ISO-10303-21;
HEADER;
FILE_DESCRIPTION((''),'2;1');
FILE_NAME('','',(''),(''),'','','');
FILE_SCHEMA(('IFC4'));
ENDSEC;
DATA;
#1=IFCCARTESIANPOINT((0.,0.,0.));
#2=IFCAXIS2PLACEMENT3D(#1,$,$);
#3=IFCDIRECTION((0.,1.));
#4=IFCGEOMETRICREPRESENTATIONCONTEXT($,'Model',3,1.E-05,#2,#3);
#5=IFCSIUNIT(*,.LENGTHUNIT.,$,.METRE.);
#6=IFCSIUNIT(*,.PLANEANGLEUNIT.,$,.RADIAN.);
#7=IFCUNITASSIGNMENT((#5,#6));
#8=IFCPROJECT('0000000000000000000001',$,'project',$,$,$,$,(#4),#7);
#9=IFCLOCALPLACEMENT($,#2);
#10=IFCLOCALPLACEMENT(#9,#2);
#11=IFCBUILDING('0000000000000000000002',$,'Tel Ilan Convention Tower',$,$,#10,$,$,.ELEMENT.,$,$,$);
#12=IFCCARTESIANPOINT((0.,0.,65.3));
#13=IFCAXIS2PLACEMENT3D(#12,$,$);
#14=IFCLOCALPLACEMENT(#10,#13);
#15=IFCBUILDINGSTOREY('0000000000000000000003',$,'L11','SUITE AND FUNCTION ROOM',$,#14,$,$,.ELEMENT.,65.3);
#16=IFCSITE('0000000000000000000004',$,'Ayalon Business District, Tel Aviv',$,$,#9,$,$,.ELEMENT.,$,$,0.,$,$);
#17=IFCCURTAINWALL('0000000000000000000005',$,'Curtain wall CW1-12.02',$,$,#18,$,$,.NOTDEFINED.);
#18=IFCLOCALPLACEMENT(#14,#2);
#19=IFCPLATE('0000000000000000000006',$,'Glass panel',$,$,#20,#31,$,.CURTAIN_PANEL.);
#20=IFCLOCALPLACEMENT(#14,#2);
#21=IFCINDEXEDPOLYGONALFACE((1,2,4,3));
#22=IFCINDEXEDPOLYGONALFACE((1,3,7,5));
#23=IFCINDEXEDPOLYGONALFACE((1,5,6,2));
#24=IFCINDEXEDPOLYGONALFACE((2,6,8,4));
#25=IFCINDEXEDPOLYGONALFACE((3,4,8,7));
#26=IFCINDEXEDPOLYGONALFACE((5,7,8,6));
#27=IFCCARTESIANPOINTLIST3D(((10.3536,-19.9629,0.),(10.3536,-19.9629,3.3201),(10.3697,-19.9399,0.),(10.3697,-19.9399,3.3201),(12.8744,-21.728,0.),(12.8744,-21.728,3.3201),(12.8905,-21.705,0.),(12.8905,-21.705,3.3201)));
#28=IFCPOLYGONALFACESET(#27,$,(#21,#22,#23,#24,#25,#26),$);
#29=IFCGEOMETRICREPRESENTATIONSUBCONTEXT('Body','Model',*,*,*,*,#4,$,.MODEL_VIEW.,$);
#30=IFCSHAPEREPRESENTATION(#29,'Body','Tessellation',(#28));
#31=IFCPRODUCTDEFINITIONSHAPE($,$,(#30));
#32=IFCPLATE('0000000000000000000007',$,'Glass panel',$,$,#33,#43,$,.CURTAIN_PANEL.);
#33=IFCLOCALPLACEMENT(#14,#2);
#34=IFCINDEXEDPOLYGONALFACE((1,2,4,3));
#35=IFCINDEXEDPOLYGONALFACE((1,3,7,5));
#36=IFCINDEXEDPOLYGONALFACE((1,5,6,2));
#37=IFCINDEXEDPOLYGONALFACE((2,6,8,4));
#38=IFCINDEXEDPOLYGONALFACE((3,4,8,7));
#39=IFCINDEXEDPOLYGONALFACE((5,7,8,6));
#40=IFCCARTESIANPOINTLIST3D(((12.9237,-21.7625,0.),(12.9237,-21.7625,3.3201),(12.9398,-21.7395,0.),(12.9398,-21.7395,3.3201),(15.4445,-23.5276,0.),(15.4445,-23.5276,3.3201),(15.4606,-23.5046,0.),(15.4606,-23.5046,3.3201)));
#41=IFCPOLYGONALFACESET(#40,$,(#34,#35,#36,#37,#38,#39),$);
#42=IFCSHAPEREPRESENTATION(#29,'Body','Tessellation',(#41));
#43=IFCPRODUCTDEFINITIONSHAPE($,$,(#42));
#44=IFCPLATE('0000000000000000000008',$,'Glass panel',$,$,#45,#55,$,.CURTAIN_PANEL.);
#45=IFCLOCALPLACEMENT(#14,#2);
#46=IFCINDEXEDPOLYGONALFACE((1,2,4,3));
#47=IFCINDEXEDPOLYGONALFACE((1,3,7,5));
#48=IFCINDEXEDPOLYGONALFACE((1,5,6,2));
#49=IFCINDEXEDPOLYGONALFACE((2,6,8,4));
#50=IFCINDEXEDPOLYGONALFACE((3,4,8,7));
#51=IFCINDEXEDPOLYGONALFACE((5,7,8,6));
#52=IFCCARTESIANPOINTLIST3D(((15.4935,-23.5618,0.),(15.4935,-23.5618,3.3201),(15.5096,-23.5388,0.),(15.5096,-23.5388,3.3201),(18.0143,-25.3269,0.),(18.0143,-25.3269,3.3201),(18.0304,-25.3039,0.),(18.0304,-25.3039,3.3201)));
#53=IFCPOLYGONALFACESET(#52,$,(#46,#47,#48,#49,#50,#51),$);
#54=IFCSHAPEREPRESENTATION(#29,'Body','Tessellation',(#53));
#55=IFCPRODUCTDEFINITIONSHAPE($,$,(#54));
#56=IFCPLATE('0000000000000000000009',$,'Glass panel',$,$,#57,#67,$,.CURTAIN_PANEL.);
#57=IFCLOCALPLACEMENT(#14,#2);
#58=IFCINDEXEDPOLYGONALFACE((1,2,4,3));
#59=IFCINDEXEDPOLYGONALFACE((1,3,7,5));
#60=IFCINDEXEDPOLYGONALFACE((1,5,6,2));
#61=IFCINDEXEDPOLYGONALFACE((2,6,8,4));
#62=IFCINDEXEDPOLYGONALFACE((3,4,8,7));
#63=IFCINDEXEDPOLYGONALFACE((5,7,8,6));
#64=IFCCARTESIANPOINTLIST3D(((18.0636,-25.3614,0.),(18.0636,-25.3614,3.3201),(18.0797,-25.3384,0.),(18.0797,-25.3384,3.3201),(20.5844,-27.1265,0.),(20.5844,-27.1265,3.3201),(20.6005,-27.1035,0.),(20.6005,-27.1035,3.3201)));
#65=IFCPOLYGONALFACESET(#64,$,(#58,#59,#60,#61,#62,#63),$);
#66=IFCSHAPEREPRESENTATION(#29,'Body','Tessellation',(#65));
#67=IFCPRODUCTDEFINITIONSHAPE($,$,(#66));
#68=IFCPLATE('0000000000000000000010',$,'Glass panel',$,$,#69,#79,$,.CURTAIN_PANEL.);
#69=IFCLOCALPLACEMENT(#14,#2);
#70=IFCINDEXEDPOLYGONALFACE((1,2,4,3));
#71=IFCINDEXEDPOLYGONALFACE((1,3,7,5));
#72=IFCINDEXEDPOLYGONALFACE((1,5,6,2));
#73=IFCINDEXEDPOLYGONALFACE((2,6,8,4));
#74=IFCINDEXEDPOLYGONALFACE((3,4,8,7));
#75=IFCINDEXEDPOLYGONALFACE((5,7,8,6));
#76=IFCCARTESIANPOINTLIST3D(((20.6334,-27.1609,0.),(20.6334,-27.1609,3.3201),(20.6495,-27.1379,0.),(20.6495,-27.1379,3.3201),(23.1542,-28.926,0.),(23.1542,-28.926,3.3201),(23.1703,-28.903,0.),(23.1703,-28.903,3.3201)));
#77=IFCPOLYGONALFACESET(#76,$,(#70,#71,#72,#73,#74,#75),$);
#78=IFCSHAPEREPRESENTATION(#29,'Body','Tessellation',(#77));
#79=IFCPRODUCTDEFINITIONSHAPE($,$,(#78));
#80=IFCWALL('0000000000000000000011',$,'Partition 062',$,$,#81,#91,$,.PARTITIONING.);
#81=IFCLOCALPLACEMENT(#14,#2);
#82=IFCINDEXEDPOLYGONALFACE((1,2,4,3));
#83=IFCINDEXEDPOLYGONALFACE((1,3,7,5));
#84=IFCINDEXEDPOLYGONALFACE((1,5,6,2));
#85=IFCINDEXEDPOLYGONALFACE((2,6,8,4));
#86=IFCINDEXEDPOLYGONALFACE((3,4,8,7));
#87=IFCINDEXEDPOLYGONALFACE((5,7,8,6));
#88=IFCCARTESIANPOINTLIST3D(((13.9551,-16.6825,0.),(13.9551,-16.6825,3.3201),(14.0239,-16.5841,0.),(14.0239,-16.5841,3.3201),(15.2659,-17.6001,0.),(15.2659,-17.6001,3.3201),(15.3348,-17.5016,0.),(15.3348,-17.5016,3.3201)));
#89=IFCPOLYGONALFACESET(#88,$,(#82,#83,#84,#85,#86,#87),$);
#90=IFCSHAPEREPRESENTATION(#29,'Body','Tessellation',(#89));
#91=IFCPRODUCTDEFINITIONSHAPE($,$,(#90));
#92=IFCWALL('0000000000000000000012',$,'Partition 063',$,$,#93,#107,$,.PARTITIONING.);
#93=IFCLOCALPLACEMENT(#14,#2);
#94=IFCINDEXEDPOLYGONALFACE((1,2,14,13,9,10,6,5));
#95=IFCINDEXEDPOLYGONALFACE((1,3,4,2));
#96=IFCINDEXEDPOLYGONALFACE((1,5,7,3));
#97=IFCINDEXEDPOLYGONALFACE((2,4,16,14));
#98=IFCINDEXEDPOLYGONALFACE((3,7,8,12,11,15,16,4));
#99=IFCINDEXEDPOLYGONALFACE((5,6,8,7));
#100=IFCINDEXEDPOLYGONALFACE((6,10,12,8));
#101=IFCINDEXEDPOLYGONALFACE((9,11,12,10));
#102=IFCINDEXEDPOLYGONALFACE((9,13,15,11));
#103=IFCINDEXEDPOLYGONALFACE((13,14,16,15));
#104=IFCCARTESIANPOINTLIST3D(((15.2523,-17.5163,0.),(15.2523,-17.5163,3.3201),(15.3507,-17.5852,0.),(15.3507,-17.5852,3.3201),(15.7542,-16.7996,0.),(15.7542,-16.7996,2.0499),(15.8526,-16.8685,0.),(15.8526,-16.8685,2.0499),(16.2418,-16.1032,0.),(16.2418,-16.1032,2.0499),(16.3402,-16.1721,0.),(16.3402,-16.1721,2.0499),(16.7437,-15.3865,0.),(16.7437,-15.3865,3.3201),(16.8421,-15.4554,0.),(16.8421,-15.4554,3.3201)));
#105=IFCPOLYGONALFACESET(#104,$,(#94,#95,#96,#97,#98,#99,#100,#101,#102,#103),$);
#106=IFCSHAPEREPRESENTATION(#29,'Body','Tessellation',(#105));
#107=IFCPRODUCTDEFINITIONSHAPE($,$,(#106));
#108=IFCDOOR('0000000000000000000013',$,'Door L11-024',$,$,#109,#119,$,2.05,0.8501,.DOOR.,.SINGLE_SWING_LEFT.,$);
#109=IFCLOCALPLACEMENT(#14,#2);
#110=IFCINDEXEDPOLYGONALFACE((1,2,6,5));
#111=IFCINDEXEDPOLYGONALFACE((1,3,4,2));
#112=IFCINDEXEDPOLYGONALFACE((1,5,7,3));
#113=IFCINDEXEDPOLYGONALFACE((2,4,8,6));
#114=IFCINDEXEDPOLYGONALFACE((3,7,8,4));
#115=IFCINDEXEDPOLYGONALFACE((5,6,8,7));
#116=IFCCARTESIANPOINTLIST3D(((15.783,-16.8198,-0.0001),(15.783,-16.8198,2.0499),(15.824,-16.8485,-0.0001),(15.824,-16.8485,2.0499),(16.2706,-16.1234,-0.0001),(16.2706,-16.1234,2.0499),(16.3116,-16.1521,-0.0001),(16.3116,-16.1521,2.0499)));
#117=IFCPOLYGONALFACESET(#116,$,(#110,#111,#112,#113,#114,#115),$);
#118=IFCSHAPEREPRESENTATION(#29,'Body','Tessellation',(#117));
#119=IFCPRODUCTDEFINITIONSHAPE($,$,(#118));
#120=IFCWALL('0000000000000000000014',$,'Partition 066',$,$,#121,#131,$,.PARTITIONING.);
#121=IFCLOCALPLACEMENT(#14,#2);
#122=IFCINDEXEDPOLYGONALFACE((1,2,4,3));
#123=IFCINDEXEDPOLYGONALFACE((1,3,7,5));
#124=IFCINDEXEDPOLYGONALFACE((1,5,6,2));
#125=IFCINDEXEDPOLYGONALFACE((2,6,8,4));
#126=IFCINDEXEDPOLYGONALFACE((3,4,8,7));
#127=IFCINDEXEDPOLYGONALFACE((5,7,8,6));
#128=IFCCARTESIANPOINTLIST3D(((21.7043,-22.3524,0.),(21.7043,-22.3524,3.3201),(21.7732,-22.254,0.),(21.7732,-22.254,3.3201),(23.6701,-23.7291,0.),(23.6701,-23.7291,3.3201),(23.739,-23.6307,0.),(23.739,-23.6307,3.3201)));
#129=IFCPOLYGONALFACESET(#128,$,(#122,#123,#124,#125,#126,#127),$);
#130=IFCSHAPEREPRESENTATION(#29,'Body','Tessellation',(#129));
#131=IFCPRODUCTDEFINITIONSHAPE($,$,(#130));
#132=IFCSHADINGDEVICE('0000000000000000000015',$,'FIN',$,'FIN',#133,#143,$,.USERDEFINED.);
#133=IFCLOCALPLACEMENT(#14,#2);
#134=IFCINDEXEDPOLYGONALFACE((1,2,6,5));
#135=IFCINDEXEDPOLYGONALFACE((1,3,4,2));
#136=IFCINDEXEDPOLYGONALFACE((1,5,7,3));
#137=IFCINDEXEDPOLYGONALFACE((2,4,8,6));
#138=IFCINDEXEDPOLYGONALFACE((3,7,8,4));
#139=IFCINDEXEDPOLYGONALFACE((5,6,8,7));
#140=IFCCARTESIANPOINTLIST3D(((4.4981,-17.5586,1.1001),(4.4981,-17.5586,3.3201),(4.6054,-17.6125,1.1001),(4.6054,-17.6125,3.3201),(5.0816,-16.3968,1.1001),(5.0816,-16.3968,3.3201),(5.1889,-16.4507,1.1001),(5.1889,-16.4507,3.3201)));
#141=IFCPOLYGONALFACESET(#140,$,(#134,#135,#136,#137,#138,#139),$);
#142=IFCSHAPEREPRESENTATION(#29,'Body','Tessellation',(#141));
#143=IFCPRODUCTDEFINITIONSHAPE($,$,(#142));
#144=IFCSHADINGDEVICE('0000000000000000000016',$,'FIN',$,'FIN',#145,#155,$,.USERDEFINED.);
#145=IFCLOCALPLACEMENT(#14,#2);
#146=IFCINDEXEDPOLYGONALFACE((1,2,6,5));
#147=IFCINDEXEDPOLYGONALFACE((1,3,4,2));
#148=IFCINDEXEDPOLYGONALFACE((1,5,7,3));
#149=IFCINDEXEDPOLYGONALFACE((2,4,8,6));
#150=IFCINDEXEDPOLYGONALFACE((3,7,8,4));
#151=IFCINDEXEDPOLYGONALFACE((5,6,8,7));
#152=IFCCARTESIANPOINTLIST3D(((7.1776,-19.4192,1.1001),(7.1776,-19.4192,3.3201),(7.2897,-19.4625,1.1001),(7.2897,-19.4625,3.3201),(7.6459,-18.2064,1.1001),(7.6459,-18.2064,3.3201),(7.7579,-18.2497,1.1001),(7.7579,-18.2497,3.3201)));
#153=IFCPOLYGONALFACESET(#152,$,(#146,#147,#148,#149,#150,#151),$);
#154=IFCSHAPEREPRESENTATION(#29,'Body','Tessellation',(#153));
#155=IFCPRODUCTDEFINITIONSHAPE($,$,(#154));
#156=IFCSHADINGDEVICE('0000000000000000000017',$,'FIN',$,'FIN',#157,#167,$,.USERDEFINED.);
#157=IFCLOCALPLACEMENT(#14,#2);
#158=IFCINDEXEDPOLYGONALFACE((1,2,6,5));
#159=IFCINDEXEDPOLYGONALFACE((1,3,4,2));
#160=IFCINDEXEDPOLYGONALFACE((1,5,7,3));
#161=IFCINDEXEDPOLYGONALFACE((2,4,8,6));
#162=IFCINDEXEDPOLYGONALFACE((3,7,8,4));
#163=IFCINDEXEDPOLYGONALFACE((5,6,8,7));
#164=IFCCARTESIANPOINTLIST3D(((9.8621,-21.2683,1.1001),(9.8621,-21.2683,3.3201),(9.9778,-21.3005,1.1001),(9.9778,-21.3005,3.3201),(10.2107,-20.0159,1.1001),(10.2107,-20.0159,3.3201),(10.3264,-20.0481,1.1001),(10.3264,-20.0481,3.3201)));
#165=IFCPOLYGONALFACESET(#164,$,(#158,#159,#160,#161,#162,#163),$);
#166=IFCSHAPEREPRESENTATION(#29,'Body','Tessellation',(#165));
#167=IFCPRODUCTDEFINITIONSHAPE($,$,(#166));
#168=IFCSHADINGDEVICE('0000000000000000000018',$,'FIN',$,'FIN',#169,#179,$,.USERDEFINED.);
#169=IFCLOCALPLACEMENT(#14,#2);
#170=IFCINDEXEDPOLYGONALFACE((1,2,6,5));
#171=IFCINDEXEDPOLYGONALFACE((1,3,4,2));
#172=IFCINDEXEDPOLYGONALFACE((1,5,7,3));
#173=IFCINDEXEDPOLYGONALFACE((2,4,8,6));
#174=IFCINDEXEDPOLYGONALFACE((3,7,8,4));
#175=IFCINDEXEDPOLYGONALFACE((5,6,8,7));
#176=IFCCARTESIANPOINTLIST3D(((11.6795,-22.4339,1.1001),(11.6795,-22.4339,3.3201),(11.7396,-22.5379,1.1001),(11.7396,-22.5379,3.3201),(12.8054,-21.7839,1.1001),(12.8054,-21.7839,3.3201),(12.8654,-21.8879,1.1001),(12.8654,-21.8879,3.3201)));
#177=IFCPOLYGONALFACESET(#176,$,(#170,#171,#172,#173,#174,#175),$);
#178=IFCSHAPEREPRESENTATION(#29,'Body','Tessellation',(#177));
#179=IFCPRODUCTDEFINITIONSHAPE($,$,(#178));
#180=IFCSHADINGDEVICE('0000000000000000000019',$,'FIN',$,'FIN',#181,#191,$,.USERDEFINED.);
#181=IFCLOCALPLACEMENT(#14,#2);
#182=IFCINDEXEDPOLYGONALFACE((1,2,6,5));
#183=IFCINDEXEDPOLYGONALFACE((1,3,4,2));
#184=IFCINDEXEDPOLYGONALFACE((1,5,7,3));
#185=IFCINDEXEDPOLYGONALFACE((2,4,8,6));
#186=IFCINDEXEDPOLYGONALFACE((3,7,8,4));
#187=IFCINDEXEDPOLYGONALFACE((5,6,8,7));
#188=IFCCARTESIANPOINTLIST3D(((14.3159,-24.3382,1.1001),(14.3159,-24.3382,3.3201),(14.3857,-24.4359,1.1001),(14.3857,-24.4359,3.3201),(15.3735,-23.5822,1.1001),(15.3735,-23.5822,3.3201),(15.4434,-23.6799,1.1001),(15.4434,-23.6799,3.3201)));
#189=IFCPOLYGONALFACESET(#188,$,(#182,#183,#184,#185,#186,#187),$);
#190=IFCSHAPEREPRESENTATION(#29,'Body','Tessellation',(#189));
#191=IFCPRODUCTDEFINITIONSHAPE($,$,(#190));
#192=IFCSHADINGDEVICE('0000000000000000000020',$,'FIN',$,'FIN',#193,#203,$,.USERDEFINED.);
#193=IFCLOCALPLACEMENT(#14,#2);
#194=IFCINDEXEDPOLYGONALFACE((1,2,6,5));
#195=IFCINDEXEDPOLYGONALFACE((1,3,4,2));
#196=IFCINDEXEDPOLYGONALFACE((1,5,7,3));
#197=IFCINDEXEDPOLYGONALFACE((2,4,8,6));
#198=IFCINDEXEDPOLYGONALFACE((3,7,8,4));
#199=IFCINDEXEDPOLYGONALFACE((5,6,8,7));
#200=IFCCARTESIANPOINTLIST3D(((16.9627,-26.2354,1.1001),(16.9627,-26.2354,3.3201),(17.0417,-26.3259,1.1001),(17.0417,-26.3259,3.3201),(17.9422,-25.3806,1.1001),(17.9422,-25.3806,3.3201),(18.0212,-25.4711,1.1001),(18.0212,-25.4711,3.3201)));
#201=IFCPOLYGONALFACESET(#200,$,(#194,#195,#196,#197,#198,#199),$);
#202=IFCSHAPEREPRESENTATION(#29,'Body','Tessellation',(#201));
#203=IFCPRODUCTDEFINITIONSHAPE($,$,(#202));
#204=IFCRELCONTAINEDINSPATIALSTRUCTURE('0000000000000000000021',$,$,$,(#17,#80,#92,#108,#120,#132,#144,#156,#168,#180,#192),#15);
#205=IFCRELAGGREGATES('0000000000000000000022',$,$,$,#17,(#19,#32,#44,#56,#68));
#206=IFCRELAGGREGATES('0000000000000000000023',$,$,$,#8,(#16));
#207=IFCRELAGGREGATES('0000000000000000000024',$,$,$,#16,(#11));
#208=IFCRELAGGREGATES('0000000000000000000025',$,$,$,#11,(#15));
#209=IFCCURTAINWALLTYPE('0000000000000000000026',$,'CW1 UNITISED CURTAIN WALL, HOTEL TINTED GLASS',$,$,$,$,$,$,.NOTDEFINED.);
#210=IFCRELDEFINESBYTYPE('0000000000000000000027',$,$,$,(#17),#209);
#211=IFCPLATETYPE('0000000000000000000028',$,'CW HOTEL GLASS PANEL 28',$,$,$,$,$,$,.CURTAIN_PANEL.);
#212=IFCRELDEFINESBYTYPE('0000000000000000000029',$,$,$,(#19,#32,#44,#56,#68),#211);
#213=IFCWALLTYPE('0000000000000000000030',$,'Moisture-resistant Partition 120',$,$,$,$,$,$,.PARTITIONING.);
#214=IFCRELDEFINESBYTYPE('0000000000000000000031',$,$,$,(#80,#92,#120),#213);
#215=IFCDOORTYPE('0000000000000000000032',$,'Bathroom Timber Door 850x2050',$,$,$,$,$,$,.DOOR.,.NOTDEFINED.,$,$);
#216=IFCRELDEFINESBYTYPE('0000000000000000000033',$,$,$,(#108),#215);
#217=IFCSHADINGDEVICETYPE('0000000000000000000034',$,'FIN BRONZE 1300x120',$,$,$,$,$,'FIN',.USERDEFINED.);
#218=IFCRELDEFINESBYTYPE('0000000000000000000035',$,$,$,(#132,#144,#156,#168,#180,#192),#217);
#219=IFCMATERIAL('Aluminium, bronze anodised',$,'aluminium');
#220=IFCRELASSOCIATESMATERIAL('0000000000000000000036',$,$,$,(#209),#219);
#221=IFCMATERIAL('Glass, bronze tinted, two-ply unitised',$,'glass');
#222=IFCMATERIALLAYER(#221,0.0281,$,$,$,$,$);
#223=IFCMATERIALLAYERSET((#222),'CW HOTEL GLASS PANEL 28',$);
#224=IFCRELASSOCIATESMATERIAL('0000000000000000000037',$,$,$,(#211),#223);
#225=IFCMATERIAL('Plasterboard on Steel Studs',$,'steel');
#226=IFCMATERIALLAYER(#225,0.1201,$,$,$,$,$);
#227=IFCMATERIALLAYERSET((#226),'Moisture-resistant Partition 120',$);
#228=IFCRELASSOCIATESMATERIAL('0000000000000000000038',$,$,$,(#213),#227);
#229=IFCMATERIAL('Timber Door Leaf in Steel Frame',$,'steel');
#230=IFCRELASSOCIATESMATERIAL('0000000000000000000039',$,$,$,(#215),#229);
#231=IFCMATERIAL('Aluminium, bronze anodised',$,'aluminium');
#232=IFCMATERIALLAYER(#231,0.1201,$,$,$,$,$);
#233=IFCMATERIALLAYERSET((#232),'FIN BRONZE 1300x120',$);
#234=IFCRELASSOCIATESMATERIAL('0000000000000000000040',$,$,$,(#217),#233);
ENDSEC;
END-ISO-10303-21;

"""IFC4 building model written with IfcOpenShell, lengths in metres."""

from ifc_helpers import new_model, si_unit, direction, frame, frame_2d, origin, origin_2d, place, context, subcontext, project, spatial, rectangle, extrude, material, layer, layer_set, type_object, element, fill, aggregate, save


model = new_model("IFC4")

# Units and contexts
model_context = context("Model", 3, precision=1e-05, world=origin(), true_north=direction((0.0, 1.0)))
body_context = subcontext(model_context, "Body", "Model", "MODEL_VIEW")
ifc_project = project(units=[si_unit("LENGTHUNIT", "METRE"), si_unit("PLANEANGLEUNIT", "RADIAN")], contexts=[model_context])

# Site, building, storey
site_placement = place(None, origin())
site = spatial("IfcSite", under=ifc_project, at=site_placement, Name="Ayalon Business District, Tel Aviv", CompositionType="ELEMENT", RefElevation=0.0)
building_placement = place(site_placement, origin())
building = spatial("IfcBuilding", under=site, at=building_placement, Name="Tel Ilan Convention Tower", CompositionType="ELEMENT")
storey_placement = place(building_placement, frame((0.0, 0.0, 65.3)))
storey = spatial("IfcBuildingStorey", under=building, at=storey_placement, Name="L11", Description="SUITE AND FUNCTION ROOM", CompositionType="ELEMENT", Elevation=65.3)

# Curtain wall, plates
ifc_material_1 = material(Name="Aluminium, bronze anodised", Category="aluminium")
curtain_wall_type = type_object("IfcCurtainWallType", Name="CW1 UNITISED CURTAIN WALL, HOTEL TINTED GLASS", PredefinedType="NOTDEFINED", material=ifc_material_1)
curtain_wall_placement = place(storey_placement, origin())
curtain_wall = element("IfcCurtainWall", 1, at=curtain_wall_placement, inside=storey, type_object=curtain_wall_type, Name="Curtain wall CW1-12.02", PredefinedType="NOTDEFINED")
ifc_material_2 = material(Name="Glass, bronze tinted, two-ply unitised", Category="glass")
ifc_layer_1 = layer(ifc_material_2, 0.0281)
ifc_layer_set_1 = layer_set([ifc_layer_1], Name="CW HOTEL GLASS PANEL 28")
plate_type = type_object("IfcPlateType", Name="CW HOTEL GLASS PANEL 28", PredefinedType="CURTAIN_PANEL", material=ifc_layer_set_1)
plate_1_placement = place(storey_placement, frame((11.6221, -20.834, 0.0), z_axis=(0.0, 0.0, 1.0), x_axis=(0.819152, -0.573576, 0.0)))
plate_1 = element("IfcPlate", 2, at=plate_1_placement, type_object=plate_type, Name="Glass panel", PredefinedType="CURTAIN_PANEL", context=body_context, shape_type="SweptSolid", body=[
    extrude(rectangle(XDim=3.0774, YDim=0.0281, at=origin_2d()), origin(), (0.0, 0.0, 1.0), 3.3201),
])
plate_2_placement = place(storey_placement, frame((14.1921, -22.6335, 0.0), z_axis=(0.0, 0.0, 1.0), x_axis=(0.819152, -0.573576, 0.0)))
plate_2 = element("IfcPlate", 3, at=plate_2_placement, type_object=plate_type, Name="Glass panel", PredefinedType="CURTAIN_PANEL", context=body_context, shape_type="SweptSolid", body=[
    extrude(rectangle(XDim=3.0774, YDim=0.0281, at=origin_2d()), origin(), (0.0, 0.0, 1.0), 3.3201),
])
plate_3_placement = place(storey_placement, frame((16.762, -24.4329, 0.0), z_axis=(0.0, 0.0, 1.0), x_axis=(0.819152, -0.573576, 0.0)))
plate_3 = element("IfcPlate", 4, at=plate_3_placement, type_object=plate_type, Name="Glass panel", PredefinedType="CURTAIN_PANEL", context=body_context, shape_type="SweptSolid", body=[
    extrude(rectangle(XDim=3.0774, YDim=0.0281, at=origin_2d()), origin(), (0.0, 0.0, 1.0), 3.3201),
])
plate_4_placement = place(storey_placement, frame((19.332, -26.2324, 0.0), z_axis=(0.0, 0.0, 1.0), x_axis=(0.819152, -0.573576, 0.0)))
plate_4 = element("IfcPlate", 5, at=plate_4_placement, type_object=plate_type, Name="Glass panel", PredefinedType="CURTAIN_PANEL", context=body_context, shape_type="SweptSolid", body=[
    extrude(rectangle(XDim=3.0774, YDim=0.0281, at=origin_2d()), origin(), (0.0, 0.0, 1.0), 3.3201),
])
plate_5_placement = place(storey_placement, frame((21.9019, -28.032, 0.0), z_axis=(0.0, 0.0, 1.0), x_axis=(0.819152, -0.573576, 0.0)))
plate_5 = element("IfcPlate", 6, at=plate_5_placement, type_object=plate_type, Name="Glass panel", PredefinedType="CURTAIN_PANEL", context=body_context, shape_type="SweptSolid", body=[
    extrude(rectangle(XDim=3.0774, YDim=0.0281, at=origin_2d()), origin(), (0.0, 0.0, 1.0), 3.3201),
])
aggregate(curtain_wall, [plate_1, plate_2, plate_3, plate_4, plate_5])

# Wall
ifc_material_3 = material(Name="Plasterboard on Steel Studs", Category="steel")
ifc_layer_2 = layer(ifc_material_3, 0.1201)
ifc_layer_set_2 = layer_set([ifc_layer_2], Name="Moisture-resistant Partition 120")
wall_type = type_object("IfcWallType", Name="Moisture-resistant Partition 120", PredefinedType="PARTITIONING", material=ifc_layer_set_2)
wall_1_placement = place(storey_placement, frame((13.9895, -16.6333, 0.0), z_axis=(0.0, 0.0, 1.0), x_axis=(0.819253, -0.573432, 0.0)))
element("IfcWall", 7, at=wall_1_placement, inside=storey, type_object=wall_type, Name="Partition 062", PredefinedType="PARTITIONING", context=body_context, shape_type="SweptSolid", body=[
    extrude(rectangle(XDim=1.6001, YDim=0.1201, at=frame_2d((0.8, 0.0))), origin(), (0.0, 0.0, 1.0), 3.3201),
])

# Wall, opening, door
wall_2_placement = place(storey_placement, frame((15.3015, -17.5508, 0.0), z_axis=(0.0, 0.0, 1.0), x_axis=(0.573601, 0.819135, 0.0)))
wall_2 = element("IfcWall", 8, at=wall_2_placement, inside=storey, type_object=wall_type, Name="Partition 063", PredefinedType="PARTITIONING", context=body_context, shape_type="SweptSolid", body=[
    extrude(rectangle(XDim=2.6001, YDim=0.1201, at=frame_2d((1.3, 0.0))), origin(), (0.0, 0.0, 1.0), 3.3201),
])
opening_placement = place(wall_2_placement, frame((0.875, 0.0, 0.0)))
opening = element("IfcOpeningElement", 9, at=opening_placement, cuts=wall_2, PredefinedType="OPENING", context=body_context, shape_type="SweptSolid", body=[
    extrude(rectangle(XDim=0.8501, YDim=2.05, at=frame_2d((0.425, 1.0249))), frame((0.0, 0.0701, 0.0), z_axis=(0.0, -1.0, 0.0), x_axis=(1.0, 0.0, 0.0)), (0.0, 0.0, 1.0), 0.1401),
])
ifc_material_4 = material(Name="Timber Door Leaf in Steel Frame", Category="steel")
door_type = type_object("IfcDoorType", Name="Bathroom Timber Door 850x2050", OperationType="NOTDEFINED", PredefinedType="DOOR", material=ifc_material_4)
door_placement = place(opening_placement, origin())
door = element("IfcDoor", 10, at=door_placement, inside=storey, type_object=door_type, Name="Door L11-024", OperationType="SINGLE_SWING_LEFT", OverallHeight=2.05, OverallWidth=0.8501, PredefinedType="DOOR", context=body_context, shape_type="SweptSolid", body=[
    extrude(rectangle(XDim=0.8501, YDim=2.05, at=frame_2d((0.425, 1.0249))), frame((0.0, 0.0249, 0.0), z_axis=(0.0, -1.0, 0.0), x_axis=(1.0, 0.0, 0.0)), (0.0, 0.0, 1.0), 0.05),
])
fill(opening, door)

# Wall
wall_3_placement = place(storey_placement, frame((21.7388, -22.3032, 0.0), z_axis=(0.0, 0.0, 1.0), x_axis=(0.819108, -0.57364, 0.0)))
element("IfcWall", 11, at=wall_3_placement, inside=storey, type_object=wall_type, Name="Partition 066", PredefinedType="PARTITIONING", context=body_context, shape_type="SweptSolid", body=[
    extrude(rectangle(XDim=2.3999, YDim=0.1201, at=frame_2d((1.2, 0.0))), origin(), (0.0, 0.0, 1.0), 3.3201),
])

# Shading devices
ifc_material_5 = material(Name="Aluminium, bronze anodised", Category="aluminium")
ifc_layer_3 = layer(ifc_material_5, 0.1201)
ifc_layer_set_3 = layer_set([ifc_layer_3], Name="FIN BRONZE 1300x120")
shading_device_type = type_object("IfcShadingDeviceType", Name="FIN BRONZE 1300x120", ElementType="FIN", PredefinedType="USERDEFINED", material=ifc_layer_set_3)
for number, where, z_axis, x_axis, name in (
    (12, (4.8435, -17.0046, 1.1001), (0.0, 0.0, 1.0), (-0.448799, -0.893633, 0.0), "FIN"),
    (13, (7.4678, -18.8345, 1.1001), (0.0, 0.0, 1.0), (-0.360178, -0.932884, 0.0), "FIN"),
    (14, (10.0942, -20.6582, 1.1001), (0.0, 0.0, 1.0), (-0.268173, -0.963371, 0.0), "FIN"),
    (15, (12.2725, -22.1609, 1.1001), (0.0, 0.0, 1.0), (-0.866025, -0.5, 0.0), "FIN"),
    (16, (14.8796, -24.009, 1.1001), (0.0, 0.0, 1.0), (-0.813552, -0.581492, 0.0), "FIN"),
    (17, (17.4919, -25.8533, 1.1001), (0.0, 0.0, 1.0), (-0.753436, -0.657521, 0.0), "FIN"),
):
    element("IfcShadingDevice", number, at=place(storey_placement, frame(where, z_axis=z_axis, x_axis=x_axis)), inside=storey, type_object=shading_device_type, Name=name, ObjectType="FIN", PredefinedType="USERDEFINED", context=body_context, shape_type="SweptSolid", body=[
        extrude(rectangle(XDim=1.3, YDim=0.1201, at=origin_2d()), origin(), (0.0, 0.0, 1.0), 2.22),
    ])

save(model, "model.ifc")
